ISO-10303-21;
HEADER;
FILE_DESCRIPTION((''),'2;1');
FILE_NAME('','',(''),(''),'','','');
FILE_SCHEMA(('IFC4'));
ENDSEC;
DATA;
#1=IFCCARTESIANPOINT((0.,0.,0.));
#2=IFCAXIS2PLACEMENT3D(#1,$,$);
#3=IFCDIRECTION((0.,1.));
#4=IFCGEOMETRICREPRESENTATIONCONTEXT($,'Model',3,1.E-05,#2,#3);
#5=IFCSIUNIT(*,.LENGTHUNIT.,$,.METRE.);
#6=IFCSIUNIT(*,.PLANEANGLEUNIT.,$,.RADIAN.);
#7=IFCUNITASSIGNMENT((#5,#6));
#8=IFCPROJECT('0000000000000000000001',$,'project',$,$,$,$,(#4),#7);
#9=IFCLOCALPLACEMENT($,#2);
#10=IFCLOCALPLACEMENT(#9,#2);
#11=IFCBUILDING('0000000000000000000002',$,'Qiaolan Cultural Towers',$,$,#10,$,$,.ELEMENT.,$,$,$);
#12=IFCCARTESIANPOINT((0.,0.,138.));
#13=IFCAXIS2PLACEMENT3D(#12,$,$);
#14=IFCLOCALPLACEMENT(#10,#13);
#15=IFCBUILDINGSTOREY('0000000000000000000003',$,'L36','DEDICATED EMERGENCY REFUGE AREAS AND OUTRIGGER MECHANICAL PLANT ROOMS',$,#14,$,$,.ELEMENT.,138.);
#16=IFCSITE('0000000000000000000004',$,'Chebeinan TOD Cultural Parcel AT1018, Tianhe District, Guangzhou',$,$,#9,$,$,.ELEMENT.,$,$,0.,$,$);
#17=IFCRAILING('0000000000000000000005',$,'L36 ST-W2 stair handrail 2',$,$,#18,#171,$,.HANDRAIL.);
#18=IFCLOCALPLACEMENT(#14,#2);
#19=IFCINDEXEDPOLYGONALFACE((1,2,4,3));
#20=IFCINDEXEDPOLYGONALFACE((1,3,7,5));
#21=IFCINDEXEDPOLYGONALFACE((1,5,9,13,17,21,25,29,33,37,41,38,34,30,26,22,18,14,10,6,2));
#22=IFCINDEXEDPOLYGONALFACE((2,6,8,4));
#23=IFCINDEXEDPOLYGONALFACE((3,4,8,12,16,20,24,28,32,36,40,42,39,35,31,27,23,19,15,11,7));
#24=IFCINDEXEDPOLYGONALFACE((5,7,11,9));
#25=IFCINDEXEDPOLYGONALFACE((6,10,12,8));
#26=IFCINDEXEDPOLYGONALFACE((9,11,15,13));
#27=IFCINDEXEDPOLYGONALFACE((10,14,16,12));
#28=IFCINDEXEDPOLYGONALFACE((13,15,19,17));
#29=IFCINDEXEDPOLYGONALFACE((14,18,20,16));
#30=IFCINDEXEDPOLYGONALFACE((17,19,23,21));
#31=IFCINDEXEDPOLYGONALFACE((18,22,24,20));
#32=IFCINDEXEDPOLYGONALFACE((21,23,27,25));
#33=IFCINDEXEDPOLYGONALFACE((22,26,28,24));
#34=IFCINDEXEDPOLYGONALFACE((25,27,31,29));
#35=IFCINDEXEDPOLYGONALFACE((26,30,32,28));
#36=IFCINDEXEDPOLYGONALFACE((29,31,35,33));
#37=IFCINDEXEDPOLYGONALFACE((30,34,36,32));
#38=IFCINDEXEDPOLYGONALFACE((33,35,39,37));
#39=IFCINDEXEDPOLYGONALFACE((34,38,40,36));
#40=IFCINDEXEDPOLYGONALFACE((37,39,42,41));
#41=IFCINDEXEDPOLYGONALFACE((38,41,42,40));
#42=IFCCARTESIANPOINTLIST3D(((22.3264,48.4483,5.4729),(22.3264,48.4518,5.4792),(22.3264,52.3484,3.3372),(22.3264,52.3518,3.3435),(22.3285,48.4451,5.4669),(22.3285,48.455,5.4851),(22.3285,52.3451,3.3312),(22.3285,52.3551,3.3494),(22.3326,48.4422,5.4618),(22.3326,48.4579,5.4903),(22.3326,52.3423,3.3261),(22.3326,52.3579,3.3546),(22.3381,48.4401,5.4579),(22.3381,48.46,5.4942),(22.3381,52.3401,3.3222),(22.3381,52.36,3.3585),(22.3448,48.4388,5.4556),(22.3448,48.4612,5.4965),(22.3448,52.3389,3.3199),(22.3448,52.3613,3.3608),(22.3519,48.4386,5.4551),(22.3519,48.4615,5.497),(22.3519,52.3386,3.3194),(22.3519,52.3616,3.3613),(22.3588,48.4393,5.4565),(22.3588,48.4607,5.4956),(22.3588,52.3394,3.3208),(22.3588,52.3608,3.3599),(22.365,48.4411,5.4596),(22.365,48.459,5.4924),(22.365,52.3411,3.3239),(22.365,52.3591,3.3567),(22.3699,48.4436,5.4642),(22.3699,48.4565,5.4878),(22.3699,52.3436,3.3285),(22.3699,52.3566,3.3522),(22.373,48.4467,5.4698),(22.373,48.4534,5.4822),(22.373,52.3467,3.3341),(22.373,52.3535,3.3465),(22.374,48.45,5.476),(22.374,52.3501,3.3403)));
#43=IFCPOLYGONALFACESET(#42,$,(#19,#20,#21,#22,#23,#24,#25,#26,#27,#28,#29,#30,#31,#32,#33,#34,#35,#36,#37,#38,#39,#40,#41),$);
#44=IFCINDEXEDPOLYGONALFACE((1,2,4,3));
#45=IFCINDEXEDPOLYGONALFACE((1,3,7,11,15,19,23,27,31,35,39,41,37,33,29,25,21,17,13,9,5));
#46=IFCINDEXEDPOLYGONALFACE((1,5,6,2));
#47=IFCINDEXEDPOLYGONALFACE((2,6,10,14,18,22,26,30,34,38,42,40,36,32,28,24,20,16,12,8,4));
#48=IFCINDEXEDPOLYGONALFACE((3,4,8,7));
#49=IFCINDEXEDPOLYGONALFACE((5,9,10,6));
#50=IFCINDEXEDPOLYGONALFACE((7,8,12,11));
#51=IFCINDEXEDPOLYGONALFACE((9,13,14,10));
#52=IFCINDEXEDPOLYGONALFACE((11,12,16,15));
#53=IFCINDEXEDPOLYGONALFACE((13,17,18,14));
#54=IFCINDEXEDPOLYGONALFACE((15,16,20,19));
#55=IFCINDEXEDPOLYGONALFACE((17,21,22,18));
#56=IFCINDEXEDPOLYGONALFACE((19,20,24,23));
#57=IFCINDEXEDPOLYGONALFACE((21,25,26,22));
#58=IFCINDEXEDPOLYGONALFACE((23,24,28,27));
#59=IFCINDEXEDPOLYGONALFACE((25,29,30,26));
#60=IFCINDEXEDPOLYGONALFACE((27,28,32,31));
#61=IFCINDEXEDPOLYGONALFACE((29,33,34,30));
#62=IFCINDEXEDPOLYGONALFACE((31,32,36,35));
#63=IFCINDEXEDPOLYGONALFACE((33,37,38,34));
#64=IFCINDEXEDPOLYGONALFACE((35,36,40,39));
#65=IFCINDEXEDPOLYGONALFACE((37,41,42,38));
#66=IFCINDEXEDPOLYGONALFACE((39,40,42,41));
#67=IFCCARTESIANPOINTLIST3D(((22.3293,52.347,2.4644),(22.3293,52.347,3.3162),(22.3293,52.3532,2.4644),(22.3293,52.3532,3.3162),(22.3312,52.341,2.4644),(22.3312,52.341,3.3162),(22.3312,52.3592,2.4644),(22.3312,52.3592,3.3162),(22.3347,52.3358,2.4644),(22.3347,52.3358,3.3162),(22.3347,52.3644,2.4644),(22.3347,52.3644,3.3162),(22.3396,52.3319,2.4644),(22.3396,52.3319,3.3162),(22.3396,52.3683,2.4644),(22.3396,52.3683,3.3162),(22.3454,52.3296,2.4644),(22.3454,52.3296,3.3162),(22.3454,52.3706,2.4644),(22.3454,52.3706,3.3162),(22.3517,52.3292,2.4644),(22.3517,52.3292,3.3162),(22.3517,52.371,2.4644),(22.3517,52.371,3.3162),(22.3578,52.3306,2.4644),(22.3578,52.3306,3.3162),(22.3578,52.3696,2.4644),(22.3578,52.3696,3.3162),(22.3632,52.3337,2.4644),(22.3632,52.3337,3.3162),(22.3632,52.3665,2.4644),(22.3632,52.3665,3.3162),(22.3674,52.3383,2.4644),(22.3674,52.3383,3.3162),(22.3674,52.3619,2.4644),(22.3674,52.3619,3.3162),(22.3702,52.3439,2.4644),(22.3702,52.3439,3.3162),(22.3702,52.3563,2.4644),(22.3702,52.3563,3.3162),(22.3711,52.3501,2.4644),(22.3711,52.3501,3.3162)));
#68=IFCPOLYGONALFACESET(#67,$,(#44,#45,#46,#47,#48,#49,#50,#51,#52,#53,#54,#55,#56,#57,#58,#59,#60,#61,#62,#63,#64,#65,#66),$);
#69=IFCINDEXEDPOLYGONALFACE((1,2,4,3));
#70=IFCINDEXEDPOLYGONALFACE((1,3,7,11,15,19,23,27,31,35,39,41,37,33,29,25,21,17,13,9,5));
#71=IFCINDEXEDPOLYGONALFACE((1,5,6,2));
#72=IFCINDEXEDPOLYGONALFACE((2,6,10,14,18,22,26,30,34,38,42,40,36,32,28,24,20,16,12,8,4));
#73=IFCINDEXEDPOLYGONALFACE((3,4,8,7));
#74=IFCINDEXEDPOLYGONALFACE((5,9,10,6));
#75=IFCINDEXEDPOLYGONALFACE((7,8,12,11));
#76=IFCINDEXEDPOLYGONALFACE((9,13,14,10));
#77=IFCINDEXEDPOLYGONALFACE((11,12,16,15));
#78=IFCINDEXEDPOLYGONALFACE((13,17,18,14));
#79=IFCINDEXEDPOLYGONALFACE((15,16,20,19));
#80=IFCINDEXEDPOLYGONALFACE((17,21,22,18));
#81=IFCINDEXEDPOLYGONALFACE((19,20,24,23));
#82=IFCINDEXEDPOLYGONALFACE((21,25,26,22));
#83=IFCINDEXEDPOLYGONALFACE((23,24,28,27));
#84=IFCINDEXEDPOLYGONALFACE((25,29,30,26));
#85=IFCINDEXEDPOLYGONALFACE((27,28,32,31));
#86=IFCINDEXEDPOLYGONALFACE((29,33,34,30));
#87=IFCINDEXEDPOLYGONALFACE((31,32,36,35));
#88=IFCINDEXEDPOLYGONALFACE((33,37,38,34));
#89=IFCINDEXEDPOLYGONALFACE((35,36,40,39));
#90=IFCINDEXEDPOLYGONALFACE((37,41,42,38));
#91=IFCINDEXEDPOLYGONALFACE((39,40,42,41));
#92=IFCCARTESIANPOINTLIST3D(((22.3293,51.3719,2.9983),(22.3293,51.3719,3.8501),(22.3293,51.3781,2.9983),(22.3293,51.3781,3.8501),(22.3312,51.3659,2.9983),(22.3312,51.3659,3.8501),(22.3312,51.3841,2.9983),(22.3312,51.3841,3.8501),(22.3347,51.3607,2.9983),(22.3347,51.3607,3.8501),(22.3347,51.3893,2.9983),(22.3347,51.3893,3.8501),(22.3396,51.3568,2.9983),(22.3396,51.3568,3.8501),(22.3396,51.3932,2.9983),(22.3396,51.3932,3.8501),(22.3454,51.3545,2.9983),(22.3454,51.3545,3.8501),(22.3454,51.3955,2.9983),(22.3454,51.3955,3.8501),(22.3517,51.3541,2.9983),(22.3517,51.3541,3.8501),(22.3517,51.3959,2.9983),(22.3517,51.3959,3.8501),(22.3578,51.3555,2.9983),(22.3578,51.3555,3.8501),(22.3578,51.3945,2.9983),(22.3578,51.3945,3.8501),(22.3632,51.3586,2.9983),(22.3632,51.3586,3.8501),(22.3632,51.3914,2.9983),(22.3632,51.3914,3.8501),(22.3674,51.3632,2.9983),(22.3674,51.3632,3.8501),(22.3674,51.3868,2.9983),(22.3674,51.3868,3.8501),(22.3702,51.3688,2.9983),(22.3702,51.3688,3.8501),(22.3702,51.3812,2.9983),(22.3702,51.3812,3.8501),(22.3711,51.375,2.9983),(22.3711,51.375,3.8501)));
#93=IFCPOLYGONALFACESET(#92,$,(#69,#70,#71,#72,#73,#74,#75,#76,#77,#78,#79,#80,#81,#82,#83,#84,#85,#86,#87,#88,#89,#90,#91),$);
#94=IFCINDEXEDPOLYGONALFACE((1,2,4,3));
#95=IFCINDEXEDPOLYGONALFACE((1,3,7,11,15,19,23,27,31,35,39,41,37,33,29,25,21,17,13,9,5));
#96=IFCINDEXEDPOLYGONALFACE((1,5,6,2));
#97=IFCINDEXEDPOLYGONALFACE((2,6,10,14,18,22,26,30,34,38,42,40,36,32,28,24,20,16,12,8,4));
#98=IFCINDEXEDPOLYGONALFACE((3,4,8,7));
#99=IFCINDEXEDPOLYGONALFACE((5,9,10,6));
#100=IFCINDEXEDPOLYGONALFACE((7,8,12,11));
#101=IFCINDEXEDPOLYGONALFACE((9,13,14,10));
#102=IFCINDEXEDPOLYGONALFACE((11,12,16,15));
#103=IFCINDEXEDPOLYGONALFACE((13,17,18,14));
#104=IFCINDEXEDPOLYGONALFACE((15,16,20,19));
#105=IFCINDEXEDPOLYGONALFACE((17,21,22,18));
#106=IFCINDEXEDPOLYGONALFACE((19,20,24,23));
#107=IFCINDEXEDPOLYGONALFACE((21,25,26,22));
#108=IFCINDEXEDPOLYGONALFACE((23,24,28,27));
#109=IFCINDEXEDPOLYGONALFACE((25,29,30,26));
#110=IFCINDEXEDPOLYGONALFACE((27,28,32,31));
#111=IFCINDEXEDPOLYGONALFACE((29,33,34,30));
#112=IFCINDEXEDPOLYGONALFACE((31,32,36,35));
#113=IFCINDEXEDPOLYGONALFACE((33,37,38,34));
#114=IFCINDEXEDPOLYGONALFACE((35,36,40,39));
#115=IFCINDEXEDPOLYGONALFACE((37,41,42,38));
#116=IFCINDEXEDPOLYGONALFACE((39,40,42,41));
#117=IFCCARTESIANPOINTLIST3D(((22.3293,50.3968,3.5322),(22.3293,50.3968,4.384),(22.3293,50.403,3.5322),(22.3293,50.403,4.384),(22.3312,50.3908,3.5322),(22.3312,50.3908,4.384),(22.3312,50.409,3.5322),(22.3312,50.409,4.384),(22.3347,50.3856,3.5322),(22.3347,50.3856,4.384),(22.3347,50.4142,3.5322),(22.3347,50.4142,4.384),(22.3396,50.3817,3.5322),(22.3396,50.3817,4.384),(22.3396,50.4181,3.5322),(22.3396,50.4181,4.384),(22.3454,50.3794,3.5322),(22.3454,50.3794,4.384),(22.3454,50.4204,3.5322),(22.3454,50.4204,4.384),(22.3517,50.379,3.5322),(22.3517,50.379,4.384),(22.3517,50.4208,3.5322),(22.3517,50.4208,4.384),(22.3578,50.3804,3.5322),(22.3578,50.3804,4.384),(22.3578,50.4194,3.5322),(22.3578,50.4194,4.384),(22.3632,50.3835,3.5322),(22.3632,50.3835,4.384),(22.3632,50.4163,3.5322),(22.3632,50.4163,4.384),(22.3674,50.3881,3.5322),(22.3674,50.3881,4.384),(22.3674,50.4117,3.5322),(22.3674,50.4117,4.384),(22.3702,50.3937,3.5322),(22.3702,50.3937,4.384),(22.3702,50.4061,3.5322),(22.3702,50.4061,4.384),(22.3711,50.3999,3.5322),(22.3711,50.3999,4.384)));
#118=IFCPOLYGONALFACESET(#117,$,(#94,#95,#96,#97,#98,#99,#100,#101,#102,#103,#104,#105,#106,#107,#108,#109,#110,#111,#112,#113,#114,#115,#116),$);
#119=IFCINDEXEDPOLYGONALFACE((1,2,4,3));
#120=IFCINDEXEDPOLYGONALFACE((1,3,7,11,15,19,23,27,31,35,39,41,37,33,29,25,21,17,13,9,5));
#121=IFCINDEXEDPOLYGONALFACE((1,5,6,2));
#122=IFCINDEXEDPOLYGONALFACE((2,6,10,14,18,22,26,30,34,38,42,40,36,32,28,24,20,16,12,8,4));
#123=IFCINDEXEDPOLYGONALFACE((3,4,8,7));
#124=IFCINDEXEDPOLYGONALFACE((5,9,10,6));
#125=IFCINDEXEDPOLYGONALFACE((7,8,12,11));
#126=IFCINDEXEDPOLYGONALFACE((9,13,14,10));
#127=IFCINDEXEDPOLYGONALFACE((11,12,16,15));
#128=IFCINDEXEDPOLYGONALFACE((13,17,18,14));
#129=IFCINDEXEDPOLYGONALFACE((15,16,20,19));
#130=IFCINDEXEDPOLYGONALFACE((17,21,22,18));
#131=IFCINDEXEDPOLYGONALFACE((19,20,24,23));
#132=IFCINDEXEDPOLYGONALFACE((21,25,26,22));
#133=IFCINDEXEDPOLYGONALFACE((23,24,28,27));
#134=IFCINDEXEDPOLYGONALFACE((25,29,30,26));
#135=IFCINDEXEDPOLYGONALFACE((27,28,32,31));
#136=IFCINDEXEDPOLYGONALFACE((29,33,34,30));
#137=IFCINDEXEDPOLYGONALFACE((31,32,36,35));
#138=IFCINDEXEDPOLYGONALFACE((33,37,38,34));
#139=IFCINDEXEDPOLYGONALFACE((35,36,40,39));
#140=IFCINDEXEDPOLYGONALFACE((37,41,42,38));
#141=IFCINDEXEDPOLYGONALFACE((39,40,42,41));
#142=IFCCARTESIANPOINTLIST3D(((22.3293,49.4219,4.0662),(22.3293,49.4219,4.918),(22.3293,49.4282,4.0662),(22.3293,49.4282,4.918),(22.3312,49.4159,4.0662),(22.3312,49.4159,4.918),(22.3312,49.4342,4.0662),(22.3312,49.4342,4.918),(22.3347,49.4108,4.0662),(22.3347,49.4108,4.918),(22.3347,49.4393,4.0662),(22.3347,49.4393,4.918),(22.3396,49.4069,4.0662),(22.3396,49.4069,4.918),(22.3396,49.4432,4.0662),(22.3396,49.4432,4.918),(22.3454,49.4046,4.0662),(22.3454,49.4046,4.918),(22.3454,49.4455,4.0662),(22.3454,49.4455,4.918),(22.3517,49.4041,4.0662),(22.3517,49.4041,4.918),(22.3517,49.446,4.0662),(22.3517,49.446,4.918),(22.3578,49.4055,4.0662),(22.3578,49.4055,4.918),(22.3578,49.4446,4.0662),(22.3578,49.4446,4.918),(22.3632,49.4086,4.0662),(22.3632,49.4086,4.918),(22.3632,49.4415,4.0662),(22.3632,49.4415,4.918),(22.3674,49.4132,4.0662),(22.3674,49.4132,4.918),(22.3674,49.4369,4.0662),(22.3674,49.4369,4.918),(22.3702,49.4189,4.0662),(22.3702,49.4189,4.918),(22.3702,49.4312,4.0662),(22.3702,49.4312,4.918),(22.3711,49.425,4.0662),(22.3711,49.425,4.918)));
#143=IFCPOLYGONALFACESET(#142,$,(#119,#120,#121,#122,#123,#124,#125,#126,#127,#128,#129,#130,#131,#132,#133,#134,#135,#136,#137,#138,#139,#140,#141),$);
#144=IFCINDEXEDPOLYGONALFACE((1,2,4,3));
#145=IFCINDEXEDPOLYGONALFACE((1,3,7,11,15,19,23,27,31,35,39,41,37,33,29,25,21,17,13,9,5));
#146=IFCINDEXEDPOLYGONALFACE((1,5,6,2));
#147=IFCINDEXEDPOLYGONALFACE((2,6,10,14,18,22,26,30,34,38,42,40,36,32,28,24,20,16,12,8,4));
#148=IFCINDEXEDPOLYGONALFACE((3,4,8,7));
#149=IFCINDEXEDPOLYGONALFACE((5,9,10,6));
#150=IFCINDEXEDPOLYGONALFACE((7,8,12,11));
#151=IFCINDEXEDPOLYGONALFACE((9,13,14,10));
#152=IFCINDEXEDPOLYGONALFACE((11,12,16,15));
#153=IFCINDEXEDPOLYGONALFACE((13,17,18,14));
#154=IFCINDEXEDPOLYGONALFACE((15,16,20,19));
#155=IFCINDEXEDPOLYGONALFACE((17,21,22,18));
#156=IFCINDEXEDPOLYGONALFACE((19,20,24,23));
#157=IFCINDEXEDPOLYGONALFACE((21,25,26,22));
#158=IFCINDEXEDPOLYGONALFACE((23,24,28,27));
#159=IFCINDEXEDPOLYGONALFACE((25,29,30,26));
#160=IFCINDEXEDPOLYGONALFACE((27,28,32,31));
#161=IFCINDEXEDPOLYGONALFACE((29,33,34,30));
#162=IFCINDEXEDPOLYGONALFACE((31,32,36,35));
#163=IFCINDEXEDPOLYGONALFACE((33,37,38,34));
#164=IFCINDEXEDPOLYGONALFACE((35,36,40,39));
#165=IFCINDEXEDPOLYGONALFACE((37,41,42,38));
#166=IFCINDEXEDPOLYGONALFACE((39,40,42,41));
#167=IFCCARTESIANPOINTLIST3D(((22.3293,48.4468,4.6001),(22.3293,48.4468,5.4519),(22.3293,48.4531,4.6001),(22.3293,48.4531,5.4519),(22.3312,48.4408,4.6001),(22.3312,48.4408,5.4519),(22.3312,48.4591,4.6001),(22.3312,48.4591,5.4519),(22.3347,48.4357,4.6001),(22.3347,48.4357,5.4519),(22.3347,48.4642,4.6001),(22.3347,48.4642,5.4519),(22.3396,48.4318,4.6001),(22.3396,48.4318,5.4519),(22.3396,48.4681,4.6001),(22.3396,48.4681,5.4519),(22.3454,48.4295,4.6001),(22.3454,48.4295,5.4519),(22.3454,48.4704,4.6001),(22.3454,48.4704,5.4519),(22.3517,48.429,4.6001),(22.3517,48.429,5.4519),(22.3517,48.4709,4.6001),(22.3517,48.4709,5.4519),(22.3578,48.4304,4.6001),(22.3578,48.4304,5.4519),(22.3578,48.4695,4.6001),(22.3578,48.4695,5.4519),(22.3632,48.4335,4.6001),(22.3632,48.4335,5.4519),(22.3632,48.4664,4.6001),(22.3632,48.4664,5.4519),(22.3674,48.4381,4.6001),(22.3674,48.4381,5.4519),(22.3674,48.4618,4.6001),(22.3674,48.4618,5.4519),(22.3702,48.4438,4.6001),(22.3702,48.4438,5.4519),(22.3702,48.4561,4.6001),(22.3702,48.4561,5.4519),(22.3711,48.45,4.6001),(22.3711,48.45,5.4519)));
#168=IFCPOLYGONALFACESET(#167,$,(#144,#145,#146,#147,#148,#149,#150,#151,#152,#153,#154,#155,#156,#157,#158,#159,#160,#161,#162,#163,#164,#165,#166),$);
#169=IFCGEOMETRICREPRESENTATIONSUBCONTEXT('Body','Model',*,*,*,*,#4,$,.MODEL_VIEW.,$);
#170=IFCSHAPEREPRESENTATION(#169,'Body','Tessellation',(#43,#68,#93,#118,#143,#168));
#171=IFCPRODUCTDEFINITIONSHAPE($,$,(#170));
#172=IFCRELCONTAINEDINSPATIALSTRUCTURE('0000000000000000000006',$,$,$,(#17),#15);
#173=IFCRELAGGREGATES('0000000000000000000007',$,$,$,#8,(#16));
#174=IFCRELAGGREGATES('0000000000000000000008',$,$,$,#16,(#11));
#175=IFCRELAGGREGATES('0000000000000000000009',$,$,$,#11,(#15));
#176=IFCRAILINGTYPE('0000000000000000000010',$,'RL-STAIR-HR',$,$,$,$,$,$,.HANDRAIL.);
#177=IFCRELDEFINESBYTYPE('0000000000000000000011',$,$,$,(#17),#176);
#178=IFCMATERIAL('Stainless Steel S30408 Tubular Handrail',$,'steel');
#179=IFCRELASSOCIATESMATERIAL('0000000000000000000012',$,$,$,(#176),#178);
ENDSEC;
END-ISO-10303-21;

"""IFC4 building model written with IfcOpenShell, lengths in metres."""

from ifc_helpers import new_model, si_unit, direction, frame, origin, origin_2d, place, context, subcontext, project, spatial, circle, extrude, material, type_object, element, save


model = new_model("IFC4")

# Units and contexts
model_context = context("Model", 3, precision=1e-05, world=origin(), true_north=direction((0.0, 1.0)))
body_context = subcontext(model_context, "Body", "Model", "MODEL_VIEW")
ifc_project = project(units=[si_unit("LENGTHUNIT", "METRE"), si_unit("PLANEANGLEUNIT", "RADIAN")], contexts=[model_context])

# Site, building, storey
site_placement = place(None, origin())
site = spatial("IfcSite", under=ifc_project, at=site_placement, Name="Chebeinan TOD Cultural Parcel AT1018, Tianhe District, Guangzhou", CompositionType="ELEMENT", RefElevation=0.0)
building_placement = place(site_placement, origin())
building = spatial("IfcBuilding", under=site, at=building_placement, Name="Qiaolan Cultural Towers", CompositionType="ELEMENT")
storey_placement = place(building_placement, frame((0.0, 0.0, 138.0)))
storey = spatial("IfcBuildingStorey", under=building, at=storey_placement, Name="L36", Description="DEDICATED EMERGENCY REFUGE AREAS AND OUTRIGGER MECHANICAL PLANT ROOMS", CompositionType="ELEMENT", Elevation=138.0)

# Railing
ifc_material_1 = material(Name="Stainless Steel S30408 Tubular Handrail", Category="steel")
railing_type_1 = type_object("IfcRailingType", Name="RL-STAIR-HR", PredefinedType="HANDRAIL", material=ifc_material_1)
railing_1_placement = place(storey_placement, frame((22.3501, 52.3501, 2.4644)))
element("IfcRailing", 1, at=railing_1_placement, inside=storey, type_object=railing_type_1, Name="L36 ST-W2 stair handrail 2", PredefinedType="HANDRAIL", context=body_context, shape_type="SweptSolid", body=[
    extrude(circle(Radius=0.0239, at=origin_2d()), frame((0.0, 0.0, 0.876), z_axis=(0.0, -0.877101, 0.480306), x_axis=(1.0, 0.0, 0.0)), (0.0, 0.0, 1.0), 4.4465),
    extrude(circle(Radius=0.021, at=origin_2d()), origin(), (0.0, 0.0, 1.0), 0.8518),
    extrude(circle(Radius=0.021, at=origin_2d()), frame((0.0, -0.9751, 0.5339)), (0.0, 0.0, 1.0), 0.8518),
    extrude(circle(Radius=0.021, at=origin_2d()), frame((0.0, -1.9502, 1.0679)), (0.0, 0.0, 1.0), 0.8518),
    extrude(circle(Radius=0.021, at=origin_2d()), frame((0.0, -2.925, 1.6018)), (0.0, 0.0, 1.0), 0.8518),
    extrude(circle(Radius=0.021, at=origin_2d()), frame((0.0, -3.9001, 2.1357)), (0.0, 0.0, 1.0), 0.8518),
])

save(model, "model.ifc")
